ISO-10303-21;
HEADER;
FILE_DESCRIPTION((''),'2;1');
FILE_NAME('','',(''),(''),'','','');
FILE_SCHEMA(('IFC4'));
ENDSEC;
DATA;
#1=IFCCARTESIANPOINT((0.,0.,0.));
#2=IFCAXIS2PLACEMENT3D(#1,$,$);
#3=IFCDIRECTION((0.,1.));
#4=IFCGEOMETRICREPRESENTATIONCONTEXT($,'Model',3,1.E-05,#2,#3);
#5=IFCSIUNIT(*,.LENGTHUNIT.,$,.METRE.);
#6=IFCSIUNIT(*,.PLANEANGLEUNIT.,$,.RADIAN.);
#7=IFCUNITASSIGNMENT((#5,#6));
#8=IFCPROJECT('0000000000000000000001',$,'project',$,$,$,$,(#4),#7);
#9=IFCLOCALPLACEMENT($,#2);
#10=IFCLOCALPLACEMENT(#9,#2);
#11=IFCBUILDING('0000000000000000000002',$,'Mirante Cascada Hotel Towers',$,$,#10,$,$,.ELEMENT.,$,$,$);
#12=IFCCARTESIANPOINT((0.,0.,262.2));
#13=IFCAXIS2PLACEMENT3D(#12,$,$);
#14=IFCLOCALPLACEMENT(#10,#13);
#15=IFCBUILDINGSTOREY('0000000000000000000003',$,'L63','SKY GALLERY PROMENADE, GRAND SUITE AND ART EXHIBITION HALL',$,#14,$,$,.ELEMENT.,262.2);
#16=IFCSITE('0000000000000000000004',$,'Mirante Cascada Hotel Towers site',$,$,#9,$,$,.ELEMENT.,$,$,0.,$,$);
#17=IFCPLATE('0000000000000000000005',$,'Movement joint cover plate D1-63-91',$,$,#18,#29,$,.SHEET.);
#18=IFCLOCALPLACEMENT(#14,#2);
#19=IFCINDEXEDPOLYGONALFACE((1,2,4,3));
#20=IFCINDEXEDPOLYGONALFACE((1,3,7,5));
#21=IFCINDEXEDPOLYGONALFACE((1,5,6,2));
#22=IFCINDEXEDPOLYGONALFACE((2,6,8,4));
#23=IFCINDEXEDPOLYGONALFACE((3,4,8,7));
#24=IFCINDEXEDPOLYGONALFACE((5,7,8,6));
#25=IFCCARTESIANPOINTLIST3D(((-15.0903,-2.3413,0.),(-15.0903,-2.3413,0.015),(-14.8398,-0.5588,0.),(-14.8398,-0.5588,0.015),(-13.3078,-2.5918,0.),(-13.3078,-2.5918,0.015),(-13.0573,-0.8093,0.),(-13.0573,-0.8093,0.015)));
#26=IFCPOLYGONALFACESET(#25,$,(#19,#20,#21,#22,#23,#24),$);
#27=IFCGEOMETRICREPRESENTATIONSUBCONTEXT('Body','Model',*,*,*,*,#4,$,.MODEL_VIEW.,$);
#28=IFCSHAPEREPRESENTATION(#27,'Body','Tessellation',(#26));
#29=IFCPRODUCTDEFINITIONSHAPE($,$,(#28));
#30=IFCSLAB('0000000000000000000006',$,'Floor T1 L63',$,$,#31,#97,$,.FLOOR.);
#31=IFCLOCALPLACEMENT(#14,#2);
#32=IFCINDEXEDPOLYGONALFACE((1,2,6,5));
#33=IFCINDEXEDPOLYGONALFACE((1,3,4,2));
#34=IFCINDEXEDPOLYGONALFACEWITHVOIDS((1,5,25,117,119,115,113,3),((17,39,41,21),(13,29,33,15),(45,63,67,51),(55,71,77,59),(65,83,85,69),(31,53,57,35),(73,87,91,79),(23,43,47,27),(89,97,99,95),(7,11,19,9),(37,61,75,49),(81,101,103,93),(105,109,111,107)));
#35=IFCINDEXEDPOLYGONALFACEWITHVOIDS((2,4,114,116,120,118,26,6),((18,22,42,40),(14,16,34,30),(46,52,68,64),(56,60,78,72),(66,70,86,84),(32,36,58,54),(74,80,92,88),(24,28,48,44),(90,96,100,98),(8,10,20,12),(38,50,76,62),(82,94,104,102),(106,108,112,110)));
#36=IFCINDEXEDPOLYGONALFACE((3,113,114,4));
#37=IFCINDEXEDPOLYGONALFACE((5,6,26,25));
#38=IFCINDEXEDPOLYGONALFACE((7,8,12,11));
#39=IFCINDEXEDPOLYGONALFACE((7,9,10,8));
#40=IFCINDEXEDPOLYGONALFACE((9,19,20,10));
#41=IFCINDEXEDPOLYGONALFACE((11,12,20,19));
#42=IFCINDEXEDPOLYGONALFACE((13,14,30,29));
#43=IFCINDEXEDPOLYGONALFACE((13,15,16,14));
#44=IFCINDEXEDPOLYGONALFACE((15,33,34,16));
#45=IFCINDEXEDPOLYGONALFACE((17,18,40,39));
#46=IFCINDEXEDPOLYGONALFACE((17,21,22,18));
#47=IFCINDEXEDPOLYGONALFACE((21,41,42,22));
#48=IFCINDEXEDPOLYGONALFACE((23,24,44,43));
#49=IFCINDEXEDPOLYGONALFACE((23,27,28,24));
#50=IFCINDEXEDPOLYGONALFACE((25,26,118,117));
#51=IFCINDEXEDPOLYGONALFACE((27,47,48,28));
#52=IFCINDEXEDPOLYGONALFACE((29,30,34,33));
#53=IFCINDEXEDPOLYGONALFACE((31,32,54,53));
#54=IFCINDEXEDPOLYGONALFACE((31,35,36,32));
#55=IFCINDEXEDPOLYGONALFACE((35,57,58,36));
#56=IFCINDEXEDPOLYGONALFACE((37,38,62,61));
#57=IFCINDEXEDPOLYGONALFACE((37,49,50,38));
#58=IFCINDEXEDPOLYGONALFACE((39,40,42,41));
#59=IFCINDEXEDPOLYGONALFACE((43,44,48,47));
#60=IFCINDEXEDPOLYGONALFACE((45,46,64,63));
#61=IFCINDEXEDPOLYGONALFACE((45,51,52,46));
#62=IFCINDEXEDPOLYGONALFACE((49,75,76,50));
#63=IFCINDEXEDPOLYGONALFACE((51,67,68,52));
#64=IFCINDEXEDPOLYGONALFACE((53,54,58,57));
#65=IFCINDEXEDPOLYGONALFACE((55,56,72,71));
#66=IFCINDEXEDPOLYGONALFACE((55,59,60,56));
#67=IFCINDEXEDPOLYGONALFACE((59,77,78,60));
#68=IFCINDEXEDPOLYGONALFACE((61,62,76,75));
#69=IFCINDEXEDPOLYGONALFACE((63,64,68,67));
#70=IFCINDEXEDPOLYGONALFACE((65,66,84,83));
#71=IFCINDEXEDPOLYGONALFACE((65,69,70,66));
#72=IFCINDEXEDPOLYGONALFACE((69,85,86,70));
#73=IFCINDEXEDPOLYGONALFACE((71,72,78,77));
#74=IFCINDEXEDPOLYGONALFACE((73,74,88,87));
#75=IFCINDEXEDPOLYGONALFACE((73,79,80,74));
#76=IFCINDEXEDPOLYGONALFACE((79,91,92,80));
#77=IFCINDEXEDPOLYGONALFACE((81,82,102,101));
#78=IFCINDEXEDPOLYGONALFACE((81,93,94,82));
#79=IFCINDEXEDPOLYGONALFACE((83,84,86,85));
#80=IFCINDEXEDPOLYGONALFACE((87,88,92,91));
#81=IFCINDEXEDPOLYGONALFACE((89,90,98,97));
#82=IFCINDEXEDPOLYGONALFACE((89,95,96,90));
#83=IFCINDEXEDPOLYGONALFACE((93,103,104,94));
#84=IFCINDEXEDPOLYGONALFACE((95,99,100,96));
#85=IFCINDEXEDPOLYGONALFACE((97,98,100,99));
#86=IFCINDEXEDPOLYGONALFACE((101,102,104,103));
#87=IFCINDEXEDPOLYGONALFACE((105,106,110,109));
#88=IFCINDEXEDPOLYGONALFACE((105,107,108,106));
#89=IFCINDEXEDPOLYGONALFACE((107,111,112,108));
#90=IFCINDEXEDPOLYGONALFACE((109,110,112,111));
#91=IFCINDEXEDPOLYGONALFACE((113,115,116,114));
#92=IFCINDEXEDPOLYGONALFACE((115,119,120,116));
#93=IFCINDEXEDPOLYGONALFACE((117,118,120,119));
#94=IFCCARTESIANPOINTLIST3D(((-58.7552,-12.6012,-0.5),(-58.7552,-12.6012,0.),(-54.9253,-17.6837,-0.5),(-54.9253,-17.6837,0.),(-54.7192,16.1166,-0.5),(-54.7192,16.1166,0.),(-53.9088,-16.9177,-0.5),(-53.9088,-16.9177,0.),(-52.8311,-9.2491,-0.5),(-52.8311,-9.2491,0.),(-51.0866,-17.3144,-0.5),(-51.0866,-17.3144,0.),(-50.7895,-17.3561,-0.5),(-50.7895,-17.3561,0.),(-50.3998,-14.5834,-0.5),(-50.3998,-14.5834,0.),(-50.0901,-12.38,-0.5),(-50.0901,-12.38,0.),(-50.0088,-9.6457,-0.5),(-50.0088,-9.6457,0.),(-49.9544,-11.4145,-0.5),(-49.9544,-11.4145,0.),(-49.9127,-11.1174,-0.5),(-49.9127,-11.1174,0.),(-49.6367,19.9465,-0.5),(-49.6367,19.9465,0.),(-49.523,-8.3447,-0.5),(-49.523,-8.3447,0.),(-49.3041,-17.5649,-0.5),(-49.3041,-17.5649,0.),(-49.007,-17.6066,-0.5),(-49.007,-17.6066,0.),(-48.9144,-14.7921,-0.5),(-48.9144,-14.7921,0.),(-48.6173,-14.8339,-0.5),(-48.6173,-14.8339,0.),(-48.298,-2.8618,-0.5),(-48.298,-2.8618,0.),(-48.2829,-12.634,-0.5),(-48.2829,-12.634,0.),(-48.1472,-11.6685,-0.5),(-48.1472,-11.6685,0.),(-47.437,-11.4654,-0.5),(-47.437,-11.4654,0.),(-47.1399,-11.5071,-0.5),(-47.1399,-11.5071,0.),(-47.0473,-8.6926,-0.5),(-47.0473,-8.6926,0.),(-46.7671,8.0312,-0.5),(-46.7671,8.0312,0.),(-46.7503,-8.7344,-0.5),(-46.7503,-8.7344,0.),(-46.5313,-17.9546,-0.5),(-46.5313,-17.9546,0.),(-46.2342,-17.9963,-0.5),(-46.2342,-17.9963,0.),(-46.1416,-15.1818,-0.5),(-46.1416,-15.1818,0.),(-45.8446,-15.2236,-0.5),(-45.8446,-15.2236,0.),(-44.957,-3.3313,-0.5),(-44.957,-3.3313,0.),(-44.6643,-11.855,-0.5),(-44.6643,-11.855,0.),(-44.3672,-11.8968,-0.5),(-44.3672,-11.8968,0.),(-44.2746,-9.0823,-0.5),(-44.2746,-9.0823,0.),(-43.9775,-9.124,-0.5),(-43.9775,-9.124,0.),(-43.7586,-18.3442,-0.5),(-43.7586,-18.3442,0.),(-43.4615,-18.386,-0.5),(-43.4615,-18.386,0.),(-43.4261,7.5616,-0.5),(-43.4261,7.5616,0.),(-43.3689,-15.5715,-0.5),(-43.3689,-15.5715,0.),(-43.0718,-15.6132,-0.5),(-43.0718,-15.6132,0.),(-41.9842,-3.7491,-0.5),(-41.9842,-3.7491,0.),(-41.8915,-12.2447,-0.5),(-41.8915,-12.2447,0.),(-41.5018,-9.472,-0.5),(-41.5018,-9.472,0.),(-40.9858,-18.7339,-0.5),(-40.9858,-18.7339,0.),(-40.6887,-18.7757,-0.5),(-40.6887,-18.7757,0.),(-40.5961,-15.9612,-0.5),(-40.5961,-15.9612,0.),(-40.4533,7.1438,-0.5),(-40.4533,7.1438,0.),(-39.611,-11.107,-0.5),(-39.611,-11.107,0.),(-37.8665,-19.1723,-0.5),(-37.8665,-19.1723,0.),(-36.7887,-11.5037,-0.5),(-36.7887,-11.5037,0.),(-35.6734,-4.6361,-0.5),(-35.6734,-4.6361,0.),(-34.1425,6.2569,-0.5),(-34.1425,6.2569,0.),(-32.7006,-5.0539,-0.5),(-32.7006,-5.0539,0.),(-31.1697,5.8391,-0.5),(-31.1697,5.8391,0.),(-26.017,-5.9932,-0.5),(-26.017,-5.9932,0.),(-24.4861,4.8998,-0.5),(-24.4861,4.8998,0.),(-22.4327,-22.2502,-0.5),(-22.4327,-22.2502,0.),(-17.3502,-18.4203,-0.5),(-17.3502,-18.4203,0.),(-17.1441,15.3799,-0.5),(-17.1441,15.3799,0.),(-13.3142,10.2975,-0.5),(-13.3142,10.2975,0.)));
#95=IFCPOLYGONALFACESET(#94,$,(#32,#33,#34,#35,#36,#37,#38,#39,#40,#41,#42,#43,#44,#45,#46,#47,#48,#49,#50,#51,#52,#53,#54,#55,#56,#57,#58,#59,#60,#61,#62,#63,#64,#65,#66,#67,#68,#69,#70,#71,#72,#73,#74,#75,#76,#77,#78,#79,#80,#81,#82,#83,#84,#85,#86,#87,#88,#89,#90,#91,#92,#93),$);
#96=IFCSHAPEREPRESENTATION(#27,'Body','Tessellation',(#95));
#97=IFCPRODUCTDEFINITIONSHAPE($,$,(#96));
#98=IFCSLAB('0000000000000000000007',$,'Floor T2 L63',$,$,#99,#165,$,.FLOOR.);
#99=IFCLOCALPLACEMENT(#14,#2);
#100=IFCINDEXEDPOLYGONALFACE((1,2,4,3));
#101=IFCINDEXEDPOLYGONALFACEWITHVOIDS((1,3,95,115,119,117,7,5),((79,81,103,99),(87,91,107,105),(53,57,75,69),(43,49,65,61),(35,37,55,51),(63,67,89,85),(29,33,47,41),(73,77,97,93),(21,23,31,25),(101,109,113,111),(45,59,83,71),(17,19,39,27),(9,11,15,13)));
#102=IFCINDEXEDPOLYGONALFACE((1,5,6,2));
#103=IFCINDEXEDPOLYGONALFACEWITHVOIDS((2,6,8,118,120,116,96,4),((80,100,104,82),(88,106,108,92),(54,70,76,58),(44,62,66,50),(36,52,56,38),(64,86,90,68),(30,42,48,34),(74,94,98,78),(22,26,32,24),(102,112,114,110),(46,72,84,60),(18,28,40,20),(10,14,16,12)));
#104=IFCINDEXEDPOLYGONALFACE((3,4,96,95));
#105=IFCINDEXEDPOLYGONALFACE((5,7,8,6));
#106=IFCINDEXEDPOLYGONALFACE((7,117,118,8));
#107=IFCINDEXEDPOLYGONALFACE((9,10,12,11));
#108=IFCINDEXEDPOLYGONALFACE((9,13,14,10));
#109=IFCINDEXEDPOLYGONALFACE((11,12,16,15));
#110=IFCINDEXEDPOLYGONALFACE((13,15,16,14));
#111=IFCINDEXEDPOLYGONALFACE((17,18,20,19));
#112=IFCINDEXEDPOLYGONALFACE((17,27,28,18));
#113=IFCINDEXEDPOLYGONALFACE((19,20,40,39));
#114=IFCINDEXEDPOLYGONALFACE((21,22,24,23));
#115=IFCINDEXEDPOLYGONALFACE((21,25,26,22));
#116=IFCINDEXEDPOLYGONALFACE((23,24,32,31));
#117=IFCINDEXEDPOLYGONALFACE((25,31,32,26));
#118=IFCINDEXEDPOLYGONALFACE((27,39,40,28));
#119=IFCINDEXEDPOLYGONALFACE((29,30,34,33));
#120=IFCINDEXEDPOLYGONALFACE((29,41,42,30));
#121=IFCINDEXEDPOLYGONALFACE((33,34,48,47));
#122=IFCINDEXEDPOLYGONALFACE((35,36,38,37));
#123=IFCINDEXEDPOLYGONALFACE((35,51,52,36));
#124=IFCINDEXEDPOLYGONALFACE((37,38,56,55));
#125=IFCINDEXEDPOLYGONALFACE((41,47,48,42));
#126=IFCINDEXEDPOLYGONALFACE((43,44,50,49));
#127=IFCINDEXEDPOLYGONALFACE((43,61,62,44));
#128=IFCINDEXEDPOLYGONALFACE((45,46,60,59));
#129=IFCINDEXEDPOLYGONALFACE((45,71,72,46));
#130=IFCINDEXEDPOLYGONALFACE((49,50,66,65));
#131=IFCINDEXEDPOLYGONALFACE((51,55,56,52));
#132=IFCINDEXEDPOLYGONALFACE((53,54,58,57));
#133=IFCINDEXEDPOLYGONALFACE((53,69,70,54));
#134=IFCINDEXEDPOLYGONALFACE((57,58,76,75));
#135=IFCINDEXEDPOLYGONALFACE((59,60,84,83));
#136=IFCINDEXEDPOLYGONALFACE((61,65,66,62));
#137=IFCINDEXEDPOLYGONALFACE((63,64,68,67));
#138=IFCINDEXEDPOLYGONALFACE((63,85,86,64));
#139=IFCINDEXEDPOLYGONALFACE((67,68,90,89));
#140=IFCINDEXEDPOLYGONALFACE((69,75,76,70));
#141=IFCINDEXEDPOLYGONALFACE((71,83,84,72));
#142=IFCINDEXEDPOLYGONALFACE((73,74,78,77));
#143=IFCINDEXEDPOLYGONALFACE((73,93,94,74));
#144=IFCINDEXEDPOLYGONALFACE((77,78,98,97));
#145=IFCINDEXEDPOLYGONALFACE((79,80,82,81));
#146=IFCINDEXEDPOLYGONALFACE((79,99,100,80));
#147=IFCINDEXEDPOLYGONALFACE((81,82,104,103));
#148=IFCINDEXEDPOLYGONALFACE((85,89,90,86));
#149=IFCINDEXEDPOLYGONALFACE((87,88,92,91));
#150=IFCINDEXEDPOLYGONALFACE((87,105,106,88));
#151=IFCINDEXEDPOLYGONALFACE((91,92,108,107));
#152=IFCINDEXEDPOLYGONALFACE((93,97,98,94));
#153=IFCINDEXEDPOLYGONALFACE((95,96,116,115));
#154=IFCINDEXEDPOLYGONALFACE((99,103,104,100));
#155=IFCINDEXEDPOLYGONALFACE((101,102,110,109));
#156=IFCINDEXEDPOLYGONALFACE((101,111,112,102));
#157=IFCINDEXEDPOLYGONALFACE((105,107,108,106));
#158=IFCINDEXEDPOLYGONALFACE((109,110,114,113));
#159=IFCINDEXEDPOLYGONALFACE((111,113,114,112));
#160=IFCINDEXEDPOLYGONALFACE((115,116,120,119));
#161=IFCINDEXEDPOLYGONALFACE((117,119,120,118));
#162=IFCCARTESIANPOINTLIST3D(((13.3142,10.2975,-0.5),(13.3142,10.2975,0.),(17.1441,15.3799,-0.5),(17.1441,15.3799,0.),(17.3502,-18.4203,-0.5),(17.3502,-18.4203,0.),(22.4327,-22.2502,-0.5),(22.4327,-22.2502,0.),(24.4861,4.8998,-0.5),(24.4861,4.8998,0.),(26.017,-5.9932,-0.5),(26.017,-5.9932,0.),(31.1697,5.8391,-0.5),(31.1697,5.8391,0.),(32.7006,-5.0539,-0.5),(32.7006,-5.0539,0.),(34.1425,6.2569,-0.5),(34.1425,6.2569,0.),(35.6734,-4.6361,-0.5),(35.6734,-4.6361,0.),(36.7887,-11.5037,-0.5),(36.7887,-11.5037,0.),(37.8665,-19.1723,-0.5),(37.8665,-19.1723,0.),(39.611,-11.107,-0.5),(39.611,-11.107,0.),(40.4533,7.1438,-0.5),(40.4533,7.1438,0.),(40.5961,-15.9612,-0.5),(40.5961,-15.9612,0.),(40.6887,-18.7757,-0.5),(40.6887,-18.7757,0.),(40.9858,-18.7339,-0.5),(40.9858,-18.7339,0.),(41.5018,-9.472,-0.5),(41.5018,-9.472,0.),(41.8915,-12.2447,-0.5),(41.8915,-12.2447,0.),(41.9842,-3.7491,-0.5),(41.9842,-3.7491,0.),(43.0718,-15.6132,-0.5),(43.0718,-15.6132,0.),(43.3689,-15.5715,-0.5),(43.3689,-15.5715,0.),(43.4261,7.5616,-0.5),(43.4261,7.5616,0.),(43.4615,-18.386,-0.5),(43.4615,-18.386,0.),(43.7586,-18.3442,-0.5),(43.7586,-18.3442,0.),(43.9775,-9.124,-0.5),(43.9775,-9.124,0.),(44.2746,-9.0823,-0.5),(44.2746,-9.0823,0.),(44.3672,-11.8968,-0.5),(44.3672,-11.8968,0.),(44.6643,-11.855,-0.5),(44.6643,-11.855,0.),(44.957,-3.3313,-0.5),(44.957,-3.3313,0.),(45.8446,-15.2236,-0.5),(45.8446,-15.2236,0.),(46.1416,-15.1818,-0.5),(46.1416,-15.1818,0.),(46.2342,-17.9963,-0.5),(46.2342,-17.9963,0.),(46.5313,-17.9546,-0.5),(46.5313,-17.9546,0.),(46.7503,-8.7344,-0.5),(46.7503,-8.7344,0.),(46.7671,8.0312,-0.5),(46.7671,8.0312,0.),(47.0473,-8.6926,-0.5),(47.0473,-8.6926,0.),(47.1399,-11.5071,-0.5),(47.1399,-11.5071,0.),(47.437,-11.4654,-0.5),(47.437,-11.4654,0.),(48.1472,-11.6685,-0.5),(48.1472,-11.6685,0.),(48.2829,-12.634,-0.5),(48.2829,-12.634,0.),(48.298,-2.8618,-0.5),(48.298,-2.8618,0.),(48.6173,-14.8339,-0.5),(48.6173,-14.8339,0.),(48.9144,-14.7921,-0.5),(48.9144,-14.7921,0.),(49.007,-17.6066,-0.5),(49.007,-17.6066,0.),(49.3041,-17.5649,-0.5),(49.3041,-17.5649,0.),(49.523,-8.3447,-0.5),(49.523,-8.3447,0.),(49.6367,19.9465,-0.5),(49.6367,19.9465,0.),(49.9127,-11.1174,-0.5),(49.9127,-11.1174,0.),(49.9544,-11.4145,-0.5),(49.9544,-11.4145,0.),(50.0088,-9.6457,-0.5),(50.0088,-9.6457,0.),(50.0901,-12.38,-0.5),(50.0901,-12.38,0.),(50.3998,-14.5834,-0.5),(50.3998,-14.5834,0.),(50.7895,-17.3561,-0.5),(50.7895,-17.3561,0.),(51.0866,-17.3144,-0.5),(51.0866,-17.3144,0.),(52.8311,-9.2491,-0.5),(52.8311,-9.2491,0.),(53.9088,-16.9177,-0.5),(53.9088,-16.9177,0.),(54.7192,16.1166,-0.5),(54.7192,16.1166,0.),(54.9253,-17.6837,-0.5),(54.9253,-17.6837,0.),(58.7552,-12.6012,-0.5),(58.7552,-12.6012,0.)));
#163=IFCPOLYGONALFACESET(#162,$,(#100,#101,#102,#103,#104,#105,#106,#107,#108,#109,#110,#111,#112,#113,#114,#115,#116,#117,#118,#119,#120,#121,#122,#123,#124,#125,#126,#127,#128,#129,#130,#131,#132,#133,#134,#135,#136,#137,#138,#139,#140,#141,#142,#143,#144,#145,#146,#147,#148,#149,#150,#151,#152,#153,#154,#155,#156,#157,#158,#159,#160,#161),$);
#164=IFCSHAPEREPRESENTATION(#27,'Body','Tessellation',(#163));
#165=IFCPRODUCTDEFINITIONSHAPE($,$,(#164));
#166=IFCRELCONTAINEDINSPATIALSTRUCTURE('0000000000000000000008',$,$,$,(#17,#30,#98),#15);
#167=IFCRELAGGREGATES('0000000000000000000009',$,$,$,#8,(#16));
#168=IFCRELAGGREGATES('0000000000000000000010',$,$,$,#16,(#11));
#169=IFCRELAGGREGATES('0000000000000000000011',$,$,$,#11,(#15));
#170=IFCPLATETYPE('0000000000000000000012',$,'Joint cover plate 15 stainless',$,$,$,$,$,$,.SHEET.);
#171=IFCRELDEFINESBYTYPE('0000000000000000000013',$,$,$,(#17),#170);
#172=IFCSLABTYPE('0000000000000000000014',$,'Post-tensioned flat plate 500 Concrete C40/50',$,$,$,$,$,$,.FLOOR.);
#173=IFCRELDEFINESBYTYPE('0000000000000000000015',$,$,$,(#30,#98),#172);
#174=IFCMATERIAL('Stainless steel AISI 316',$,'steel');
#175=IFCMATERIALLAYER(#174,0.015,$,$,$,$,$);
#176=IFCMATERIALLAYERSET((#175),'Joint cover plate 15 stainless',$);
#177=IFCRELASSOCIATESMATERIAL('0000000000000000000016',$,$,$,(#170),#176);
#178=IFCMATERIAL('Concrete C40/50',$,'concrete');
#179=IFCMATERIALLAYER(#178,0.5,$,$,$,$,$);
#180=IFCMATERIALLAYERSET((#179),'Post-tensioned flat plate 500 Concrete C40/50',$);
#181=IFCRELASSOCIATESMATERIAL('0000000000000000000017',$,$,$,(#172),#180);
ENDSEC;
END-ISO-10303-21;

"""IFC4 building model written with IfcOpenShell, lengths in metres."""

from ifc_helpers import new_model, si_unit, direction, frame, origin, origin_2d, place, context, subcontext, project, spatial, polyline, rectangle, outline, extrude, material, layer, layer_set, type_object, element, save


model = new_model("IFC4")

# Units and contexts
model_context = context("Model", 3, precision=1e-05, world=origin(), true_north=direction((0.0, 1.0)))
body_context = subcontext(model_context, "Body", "Model", "MODEL_VIEW")
ifc_project = project(units=[si_unit("LENGTHUNIT", "METRE"), si_unit("PLANEANGLEUNIT", "RADIAN")], contexts=[model_context])

# Site, building, storey
site_placement = place(None, origin())
site = spatial("IfcSite", under=ifc_project, at=site_placement, Name="Mirante Cascada Hotel Towers site", CompositionType="ELEMENT", RefElevation=0.0)
building_placement = place(site_placement, origin())
building = spatial("IfcBuilding", under=site, at=building_placement, Name="Mirante Cascada Hotel Towers", CompositionType="ELEMENT")
storey_placement = place(building_placement, frame((0.0, 0.0, 262.2)))
storey = spatial("IfcBuildingStorey", under=building, at=storey_placement, Name="L63", Description="SKY GALLERY PROMENADE, GRAND SUITE AND ART EXHIBITION HALL", CompositionType="ELEMENT", Elevation=262.2)

# Plate
ifc_material_1 = material(Name="Stainless steel AISI 316", Category="steel")
ifc_layer_1 = layer(ifc_material_1, 0.015)
ifc_layer_set_1 = layer_set([ifc_layer_1], Name="Joint cover plate 15 stainless")
plate_type = type_object("IfcPlateType", Name="Joint cover plate 15 stainless", PredefinedType="SHEET", material=ifc_layer_set_1)
plate_placement = place(storey_placement, frame((-14.0738, -1.5753, 0.0), z_axis=(0.0, 0.0, 1.0), x_axis=(0.990268, -0.139173, 0.0)))
element("IfcPlate", 1, at=plate_placement, inside=storey, type_object=plate_type, Name="Movement joint cover plate D1-63-91", PredefinedType="SHEET", context=body_context, shape_type="SweptSolid", body=[
    extrude(rectangle(XDim=1.8, YDim=1.8, at=origin_2d()), origin(), (0.0, 0.0, 1.0), 0.015),
])

# Slabs
ifc_material_2 = material(Name="Concrete C40/50", Category="concrete")
ifc_layer_2 = layer(ifc_material_2, 0.5)
ifc_layer_set_2 = layer_set([ifc_layer_2], Name="Post-tensioned flat plate 500 Concrete C40/50")
slab_type = type_object("IfcSlabType", Name="Post-tensioned flat plate 500 Concrete C40/50", PredefinedType="FLOOR", material=ifc_layer_set_2)
slab_1_placement = place(storey_placement, frame((0.0, 0.0, -0.5)))
element("IfcSlab", 2, at=slab_1_placement, inside=storey, type_object=slab_type, Name="Floor T1 L63", PredefinedType="FLOOR", context=body_context, shape_type="SweptSolid", body=[
    extrude(outline(polyline([(-17.3502, -18.4203), (-13.3142, 10.2975), (-17.1441, 15.3799), (-49.6367, 19.9465), (-54.7192, 16.1166), (-58.7552, -12.6012), (-54.9253, -17.6837), (-22.4327, -22.2502), (-17.3502, -18.4203)]), holes=[polyline([(-40.5961, -15.9612), (-40.9858, -18.7339), (-43.4615, -18.386), (-43.0718, -15.6132), (-40.5961, -15.9612)]), polyline([(-43.3689, -15.5715), (-43.7586, -18.3442), (-46.2342, -17.9963), (-45.8446, -15.2236), (-43.3689, -15.5715)]), polyline([(-37.8665, -19.1723), (-40.6887, -18.7757), (-39.611, -11.107), (-36.7887, -11.5037), (-37.8665, -19.1723)]), polyline([(-43.9775, -9.124), (-41.5018, -9.472), (-41.8915, -12.2447), (-44.3672, -11.8968), (-43.9775, -9.124)]), polyline([(-46.7503, -8.7344), (-44.2746, -9.0823), (-44.6643, -11.855), (-47.1399, -11.5071), (-46.7503, -8.7344)]), polyline([(-26.017, -5.9932), (-32.7006, -5.0539), (-31.1697, 5.8391), (-24.4861, 4.8998), (-26.017, -5.9932)]), polyline([(-41.9842, -3.7491), (-41.9842, -3.7491), (-40.4533, 7.1438), (-34.1425, 6.2569), (-35.6734, -4.6361), (-41.9842, -3.7491)]), polyline([(-48.298, -2.8618), (-46.7671, 8.0312), (-43.4261, 7.5616), (-44.957, -3.3313), (-44.957, -3.3313), (-48.298, -2.8618)]), polyline([(-48.6173, -14.8339), (-46.1416, -15.1818), (-46.5313, -17.9546), (-49.007, -17.6066), (-48.6173, -14.8339)]), polyline([(-50.3998, -14.5834), (-48.9144, -14.7921), (-49.3041, -17.5649), (-50.7895, -17.3561), (-50.3998, -14.5834)]), polyline([(-51.0866, -17.3144), (-53.9088, -16.9177), (-52.8311, -9.2491), (-50.0088, -9.6457), (-51.0866, -17.3144)]), polyline([(-49.9544, -11.4145), (-48.1472, -11.6685), (-48.2829, -12.634), (-50.0901, -12.38), (-49.9544, -11.4145)]), polyline([(-49.523, -8.3447), (-47.0473, -8.6926), (-47.437, -11.4654), (-49.9127, -11.1174), (-49.523, -8.3447)])]), origin(), (0.0, 0.0, 1.0), 0.5),
])
slab_2_placement = place(storey_placement, frame((0.0, 0.0, -0.5)))
element("IfcSlab", 3, at=slab_2_placement, inside=storey, type_object=slab_type, Name="Floor T2 L63", PredefinedType="FLOOR", context=body_context, shape_type="SweptSolid", body=[
    extrude(outline(polyline([(17.3502, -18.4203), (13.3142, 10.2975), (17.1441, 15.3799), (49.6367, 19.9465), (54.7192, 16.1166), (58.7552, -12.6012), (54.9253, -17.6837), (22.4327, -22.2502), (17.3502, -18.4203)]), holes=[polyline([(40.5961, -15.9612), (40.9858, -18.7339), (43.4615, -18.386), (43.0718, -15.6132), (40.5961, -15.9612)]), polyline([(43.3689, -15.5715), (43.7586, -18.3442), (46.2342, -17.9963), (45.8446, -15.2236), (43.3689, -15.5715)]), polyline([(40.6887, -18.7757), (39.611, -11.107), (36.7887, -11.5037), (37.8665, -19.1723), (40.6887, -18.7757)]), polyline([(43.9775, -9.124), (41.5018, -9.472), (41.8915, -12.2447), (44.3672, -11.8968), (43.9775, -9.124)]), polyline([(46.7503, -8.7344), (44.2746, -9.0823), (44.6643, -11.855), (47.1399, -11.5071), (46.7503, -8.7344)]), polyline([(26.017, -5.9932), (24.4861, 4.8998), (31.1697, 5.8391), (32.7006, -5.0539), (26.017, -5.9932)]), polyline([(35.6734, -4.6361), (34.1425, 6.2569), (40.4533, 7.1438), (41.9842, -3.7491), (41.9842, -3.7491), (35.6734, -4.6361)]), polyline([(46.7671, 8.0312), (48.298, -2.8618), (44.957, -3.3313), (44.957, -3.3313), (43.4261, 7.5616), (46.7671, 8.0312)]), polyline([(48.6173, -14.8339), (46.1416, -15.1818), (46.5313, -17.9546), (49.007, -17.6066), (48.6173, -14.8339)]), polyline([(50.3998, -14.5834), (48.9144, -14.7921), (49.3041, -17.5649), (50.7895, -17.3561), (50.3998, -14.5834)]), polyline([(53.9088, -16.9177), (52.8311, -9.2491), (50.0088, -9.6457), (51.0866, -17.3144), (53.9088, -16.9177)]), polyline([(49.9544, -11.4145), (48.1472, -11.6685), (48.2829, -12.634), (50.0901, -12.38), (49.9544, -11.4145)]), polyline([(49.523, -8.3447), (47.0473, -8.6926), (47.437, -11.4654), (49.9127, -11.1174), (49.523, -8.3447)])]), origin(), (0.0, 0.0, 1.0), 0.5),
])

save(model, "model.ifc")
